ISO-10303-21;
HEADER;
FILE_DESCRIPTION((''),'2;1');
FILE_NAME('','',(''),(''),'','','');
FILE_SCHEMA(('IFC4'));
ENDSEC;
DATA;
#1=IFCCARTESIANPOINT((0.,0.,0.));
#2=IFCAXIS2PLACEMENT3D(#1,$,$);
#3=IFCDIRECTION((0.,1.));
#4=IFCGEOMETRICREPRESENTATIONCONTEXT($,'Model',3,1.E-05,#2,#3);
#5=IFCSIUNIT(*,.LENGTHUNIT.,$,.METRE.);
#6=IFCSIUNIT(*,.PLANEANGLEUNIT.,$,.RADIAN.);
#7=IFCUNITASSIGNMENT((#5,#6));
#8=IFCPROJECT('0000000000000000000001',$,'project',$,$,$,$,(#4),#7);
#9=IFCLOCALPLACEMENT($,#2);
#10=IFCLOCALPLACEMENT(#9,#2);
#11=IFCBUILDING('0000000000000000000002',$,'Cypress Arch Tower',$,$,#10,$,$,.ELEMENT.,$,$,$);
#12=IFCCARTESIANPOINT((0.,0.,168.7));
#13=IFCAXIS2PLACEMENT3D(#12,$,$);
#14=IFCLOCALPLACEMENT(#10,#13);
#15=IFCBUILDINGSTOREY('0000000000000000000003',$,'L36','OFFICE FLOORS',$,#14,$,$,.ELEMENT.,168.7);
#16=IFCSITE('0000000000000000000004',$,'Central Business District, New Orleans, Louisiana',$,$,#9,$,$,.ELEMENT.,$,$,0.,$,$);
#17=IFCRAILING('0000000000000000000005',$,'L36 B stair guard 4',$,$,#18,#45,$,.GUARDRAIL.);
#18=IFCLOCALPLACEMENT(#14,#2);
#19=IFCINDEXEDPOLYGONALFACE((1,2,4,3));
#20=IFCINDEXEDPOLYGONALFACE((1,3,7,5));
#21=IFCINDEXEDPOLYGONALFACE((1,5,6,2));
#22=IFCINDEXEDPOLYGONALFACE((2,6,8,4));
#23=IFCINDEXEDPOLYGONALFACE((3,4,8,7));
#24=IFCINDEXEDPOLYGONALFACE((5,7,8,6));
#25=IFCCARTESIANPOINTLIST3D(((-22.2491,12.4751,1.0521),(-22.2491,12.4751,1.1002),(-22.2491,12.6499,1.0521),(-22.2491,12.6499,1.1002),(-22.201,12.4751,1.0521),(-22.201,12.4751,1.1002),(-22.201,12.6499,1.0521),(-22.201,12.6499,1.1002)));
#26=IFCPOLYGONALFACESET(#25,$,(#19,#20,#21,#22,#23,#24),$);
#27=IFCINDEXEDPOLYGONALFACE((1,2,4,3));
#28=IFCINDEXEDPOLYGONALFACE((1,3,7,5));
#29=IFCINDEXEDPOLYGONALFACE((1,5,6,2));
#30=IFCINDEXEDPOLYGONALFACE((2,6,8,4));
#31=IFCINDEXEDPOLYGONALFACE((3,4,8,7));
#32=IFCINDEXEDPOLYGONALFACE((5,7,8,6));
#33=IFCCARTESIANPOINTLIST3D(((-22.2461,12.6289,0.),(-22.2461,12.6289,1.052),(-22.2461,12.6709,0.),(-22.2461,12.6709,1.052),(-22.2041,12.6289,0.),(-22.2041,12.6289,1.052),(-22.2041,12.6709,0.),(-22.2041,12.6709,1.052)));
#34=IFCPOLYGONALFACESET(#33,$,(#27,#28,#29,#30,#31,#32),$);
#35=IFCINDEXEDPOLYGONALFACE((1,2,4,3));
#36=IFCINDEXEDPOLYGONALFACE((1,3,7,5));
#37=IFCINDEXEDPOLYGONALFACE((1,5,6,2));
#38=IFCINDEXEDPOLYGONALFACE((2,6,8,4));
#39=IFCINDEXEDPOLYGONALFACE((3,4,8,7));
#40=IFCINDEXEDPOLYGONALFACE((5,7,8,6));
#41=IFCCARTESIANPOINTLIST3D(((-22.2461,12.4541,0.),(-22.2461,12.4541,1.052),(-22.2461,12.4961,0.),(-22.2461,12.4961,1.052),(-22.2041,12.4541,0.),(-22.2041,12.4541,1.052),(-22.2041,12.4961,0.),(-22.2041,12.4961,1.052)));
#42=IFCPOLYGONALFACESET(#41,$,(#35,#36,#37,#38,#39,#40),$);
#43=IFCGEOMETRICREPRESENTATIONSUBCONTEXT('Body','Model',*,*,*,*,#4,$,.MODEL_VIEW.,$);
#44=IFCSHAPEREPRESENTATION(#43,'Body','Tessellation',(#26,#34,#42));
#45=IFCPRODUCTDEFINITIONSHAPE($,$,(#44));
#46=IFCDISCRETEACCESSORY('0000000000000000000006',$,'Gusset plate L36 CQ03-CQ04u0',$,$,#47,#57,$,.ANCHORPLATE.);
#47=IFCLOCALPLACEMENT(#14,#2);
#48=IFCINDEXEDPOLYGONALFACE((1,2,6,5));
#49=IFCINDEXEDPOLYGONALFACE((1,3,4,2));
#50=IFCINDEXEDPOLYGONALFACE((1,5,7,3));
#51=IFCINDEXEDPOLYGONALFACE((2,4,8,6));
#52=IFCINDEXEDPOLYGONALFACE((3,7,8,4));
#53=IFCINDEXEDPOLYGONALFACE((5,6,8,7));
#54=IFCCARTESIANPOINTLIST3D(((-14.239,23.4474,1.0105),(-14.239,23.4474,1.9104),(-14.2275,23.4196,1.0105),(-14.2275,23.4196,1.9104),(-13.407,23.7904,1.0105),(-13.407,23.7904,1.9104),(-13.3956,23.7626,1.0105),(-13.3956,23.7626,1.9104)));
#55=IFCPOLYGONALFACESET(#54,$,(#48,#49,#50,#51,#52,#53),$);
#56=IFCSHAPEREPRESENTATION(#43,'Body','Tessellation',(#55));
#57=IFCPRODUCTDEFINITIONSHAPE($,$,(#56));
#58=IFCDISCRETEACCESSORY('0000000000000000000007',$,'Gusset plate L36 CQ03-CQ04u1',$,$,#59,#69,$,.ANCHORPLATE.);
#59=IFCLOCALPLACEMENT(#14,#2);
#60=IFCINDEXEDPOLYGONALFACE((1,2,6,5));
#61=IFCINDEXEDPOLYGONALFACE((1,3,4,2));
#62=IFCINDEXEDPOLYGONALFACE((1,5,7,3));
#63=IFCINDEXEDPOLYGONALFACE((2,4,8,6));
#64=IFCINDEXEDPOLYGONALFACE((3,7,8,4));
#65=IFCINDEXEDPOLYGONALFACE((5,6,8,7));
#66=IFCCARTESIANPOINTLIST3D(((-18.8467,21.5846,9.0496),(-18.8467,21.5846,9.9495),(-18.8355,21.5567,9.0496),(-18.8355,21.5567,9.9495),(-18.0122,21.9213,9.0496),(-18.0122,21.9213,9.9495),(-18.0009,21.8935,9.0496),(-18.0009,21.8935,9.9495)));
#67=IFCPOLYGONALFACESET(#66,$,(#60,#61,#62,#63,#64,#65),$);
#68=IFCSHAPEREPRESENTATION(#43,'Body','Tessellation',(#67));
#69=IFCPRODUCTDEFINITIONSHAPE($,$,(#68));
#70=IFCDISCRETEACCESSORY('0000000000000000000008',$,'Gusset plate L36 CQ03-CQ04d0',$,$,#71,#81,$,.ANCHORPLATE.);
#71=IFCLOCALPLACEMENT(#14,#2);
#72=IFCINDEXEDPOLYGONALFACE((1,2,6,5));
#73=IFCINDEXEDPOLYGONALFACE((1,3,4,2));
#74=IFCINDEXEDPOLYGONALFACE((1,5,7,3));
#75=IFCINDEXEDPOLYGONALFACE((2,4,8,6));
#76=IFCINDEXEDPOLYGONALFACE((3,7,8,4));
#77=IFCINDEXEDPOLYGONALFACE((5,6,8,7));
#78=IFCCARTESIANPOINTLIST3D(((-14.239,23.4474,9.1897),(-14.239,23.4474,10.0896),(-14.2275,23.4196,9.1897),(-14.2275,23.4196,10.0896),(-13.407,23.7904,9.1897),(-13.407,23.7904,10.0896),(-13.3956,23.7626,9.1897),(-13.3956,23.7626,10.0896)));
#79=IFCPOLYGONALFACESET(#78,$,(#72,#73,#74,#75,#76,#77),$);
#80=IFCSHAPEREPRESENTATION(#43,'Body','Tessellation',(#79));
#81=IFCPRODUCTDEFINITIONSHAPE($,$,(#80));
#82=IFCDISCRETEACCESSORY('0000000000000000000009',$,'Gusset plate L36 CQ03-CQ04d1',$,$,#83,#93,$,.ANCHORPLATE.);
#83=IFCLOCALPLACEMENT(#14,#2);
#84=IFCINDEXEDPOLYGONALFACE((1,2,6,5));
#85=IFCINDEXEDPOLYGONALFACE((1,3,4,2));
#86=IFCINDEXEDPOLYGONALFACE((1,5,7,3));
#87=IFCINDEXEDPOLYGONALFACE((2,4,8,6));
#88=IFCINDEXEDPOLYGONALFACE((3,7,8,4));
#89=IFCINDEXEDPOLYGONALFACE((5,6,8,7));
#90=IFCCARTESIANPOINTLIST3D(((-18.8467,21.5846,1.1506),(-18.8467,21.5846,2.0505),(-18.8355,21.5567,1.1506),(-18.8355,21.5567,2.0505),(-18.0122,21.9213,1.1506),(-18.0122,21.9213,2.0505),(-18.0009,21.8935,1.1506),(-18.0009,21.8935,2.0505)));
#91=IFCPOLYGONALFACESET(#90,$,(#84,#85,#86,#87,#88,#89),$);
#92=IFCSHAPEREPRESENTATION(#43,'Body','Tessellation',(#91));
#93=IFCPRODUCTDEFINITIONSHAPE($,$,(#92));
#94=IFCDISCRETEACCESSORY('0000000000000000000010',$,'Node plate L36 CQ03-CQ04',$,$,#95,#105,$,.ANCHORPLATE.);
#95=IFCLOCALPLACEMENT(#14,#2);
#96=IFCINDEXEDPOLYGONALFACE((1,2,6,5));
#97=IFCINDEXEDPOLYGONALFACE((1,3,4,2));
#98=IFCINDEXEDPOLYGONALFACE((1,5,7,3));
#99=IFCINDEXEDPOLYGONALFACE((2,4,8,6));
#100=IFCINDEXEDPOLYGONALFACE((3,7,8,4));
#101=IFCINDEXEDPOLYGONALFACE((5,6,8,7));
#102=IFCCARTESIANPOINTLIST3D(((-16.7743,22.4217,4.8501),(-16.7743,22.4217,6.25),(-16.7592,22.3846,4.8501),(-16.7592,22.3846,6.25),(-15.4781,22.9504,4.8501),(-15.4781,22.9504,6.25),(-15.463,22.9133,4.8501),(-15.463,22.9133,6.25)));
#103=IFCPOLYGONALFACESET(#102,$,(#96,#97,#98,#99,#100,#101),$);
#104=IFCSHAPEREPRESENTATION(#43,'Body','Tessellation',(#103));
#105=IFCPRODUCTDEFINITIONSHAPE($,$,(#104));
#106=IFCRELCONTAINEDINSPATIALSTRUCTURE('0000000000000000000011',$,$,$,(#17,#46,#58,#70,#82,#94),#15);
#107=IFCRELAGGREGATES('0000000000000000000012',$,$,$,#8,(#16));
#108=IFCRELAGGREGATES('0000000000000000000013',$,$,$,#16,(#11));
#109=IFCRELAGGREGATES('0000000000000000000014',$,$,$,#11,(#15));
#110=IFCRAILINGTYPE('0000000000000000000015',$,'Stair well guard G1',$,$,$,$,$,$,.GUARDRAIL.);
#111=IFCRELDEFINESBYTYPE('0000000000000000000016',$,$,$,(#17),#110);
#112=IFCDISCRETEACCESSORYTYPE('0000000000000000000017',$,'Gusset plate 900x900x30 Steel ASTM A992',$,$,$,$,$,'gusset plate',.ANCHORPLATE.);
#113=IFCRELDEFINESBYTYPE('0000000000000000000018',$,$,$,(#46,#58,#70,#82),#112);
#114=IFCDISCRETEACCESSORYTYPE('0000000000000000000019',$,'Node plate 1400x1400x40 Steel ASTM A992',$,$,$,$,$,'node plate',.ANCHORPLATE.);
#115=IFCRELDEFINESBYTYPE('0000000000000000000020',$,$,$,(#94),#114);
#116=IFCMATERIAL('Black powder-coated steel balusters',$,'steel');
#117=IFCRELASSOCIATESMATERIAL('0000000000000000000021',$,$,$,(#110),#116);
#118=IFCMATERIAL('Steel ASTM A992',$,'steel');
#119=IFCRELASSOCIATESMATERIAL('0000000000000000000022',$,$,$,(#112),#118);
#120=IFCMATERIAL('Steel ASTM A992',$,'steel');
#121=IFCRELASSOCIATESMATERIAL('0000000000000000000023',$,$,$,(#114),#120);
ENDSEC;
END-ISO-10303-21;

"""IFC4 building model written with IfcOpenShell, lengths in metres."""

from ifc_helpers import new_model, si_unit, direction, frame, origin, origin_2d, place, context, subcontext, project, spatial, rectangle, extrude, material, material_profile, profile_set, type_object, element, save


model = new_model("IFC4")

# Units and contexts
model_context = context("Model", 3, precision=1e-05, world=origin(), true_north=direction((0.0, 1.0)))
body_context = subcontext(model_context, "Body", "Model", "MODEL_VIEW")
ifc_project = project(units=[si_unit("LENGTHUNIT", "METRE"), si_unit("PLANEANGLEUNIT", "RADIAN")], contexts=[model_context])

# Site, building, storey
site_placement = place(None, origin())
site = spatial("IfcSite", under=ifc_project, at=site_placement, Name="Central Business District, New Orleans, Louisiana", CompositionType="ELEMENT", RefElevation=0.0)
building_placement = place(site_placement, origin())
building = spatial("IfcBuilding", under=site, at=building_placement, Name="Cypress Arch Tower", CompositionType="ELEMENT")
storey_placement = place(building_placement, frame((0.0, 0.0, 168.7)))
storey = spatial("IfcBuildingStorey", under=building, at=storey_placement, Name="L36", Description="OFFICE FLOORS", CompositionType="ELEMENT", Elevation=168.7)

# Railing
ifc_material_1 = material(Name="Black powder-coated steel balusters", Category="steel")
railing_type_1 = type_object("IfcRailingType", Name="Stair well guard G1", PredefinedType="GUARDRAIL", material=ifc_material_1)
railing_1_placement = place(storey_placement, frame((-22.2251, 12.6499, 0.0)))
element("IfcRailing", 1, at=railing_1_placement, inside=storey, type_object=railing_type_1, Name="L36 B stair guard 4", PredefinedType="GUARDRAIL", context=body_context, shape_type="SweptSolid", body=[
    extrude(rectangle(XDim=0.0481, YDim=0.0481, at=origin_2d()), frame((0.0, 0.0, 1.0762), z_axis=(0.0, -1.0, 0.0), x_axis=(1.0, 0.0, 0.0)), (0.0, 0.0, 1.0), 0.1748),
    extrude(rectangle(XDim=0.042, YDim=0.042, at=origin_2d()), origin(), (0.0, 0.0, 1.0), 1.052),
    extrude(rectangle(XDim=0.042, YDim=0.042, at=origin_2d()), frame((0.0, -0.1748, 0.0)), (0.0, 0.0, 1.0), 1.052),
])

# Discrete accessories
ifc_material_2 = material(Name="Steel ASTM A992", Category="steel")
ifc_material_profile_1 = material_profile(ifc_material_2, rectangle(XDim=0.8999, YDim=0.8999, at=origin_2d()), Name="PL 30 900x900")
ifc_profile_set_1 = profile_set([ifc_material_profile_1], Name="Steel ASTM A992")
discrete_accessory_type_1 = type_object("IfcDiscreteAccessoryType", Name="Gusset plate 900x900x30 Steel ASTM A992", ElementType="gusset plate", PredefinedType="ANCHORPLATE", material=ifc_profile_set_1)
for number, where, z_axis, x_axis, name in (
    (2, (-13.823, 23.6189, 1.4604), (0.381158, -0.92451, 0.0), (0.92451, 0.381158, 0.0), "Gusset plate L36 CQ03-CQ04u0"),
    (3, (-18.4294, 21.7529, 9.4995), (0.374194, -0.92735, 0.0), (0.92735, 0.374194, 0.0), "Gusset plate L36 CQ03-CQ04u1"),
    (4, (-13.823, 23.6189, 9.6396), (0.381158, -0.92451, 0.0), (0.92451, 0.381158, 0.0), "Gusset plate L36 CQ03-CQ04d0"),
    (5, (-18.4294, 21.7529, 1.6006), (0.374194, -0.92735, 0.0), (0.92735, 0.374194, 0.0), "Gusset plate L36 CQ03-CQ04d1"),
):
    element("IfcDiscreteAccessory", number, at=place(storey_placement, frame(where, z_axis=z_axis, x_axis=x_axis)), inside=storey, type_object=discrete_accessory_type_1, Name=name, PredefinedType="ANCHORPLATE", context=body_context, shape_type="SweptSolid", body=[
        extrude(rectangle(XDim=0.8999, YDim=0.8999, at=origin_2d()), origin(), (0.0, 0.0, 1.0), 0.03),
    ])
ifc_material_3 = material(Name="Steel ASTM A992", Category="steel")
ifc_material_profile_2 = material_profile(ifc_material_3, rectangle(XDim=1.3999, YDim=1.3999, at=origin_2d()), Name="PL 40 1400x1400")
ifc_profile_set_2 = profile_set([ifc_material_profile_2], Name="Steel ASTM A992")
discrete_accessory_type_2 = type_object("IfcDiscreteAccessoryType", Name="Node plate 1400x1400x40 Steel ASTM A992", ElementType="node plate", PredefinedType="ANCHORPLATE", material=ifc_profile_set_2)
discrete_accessory_placement = place(storey_placement, frame((-16.1262, 22.686, 5.55), z_axis=(0.377684, -0.925935, 0.0), x_axis=(0.925935, 0.377684, 0.0)))
element("IfcDiscreteAccessory", 6, at=discrete_accessory_placement, inside=storey, type_object=discrete_accessory_type_2, Name="Node plate L36 CQ03-CQ04", PredefinedType="ANCHORPLATE", context=body_context, shape_type="SweptSolid", body=[
    extrude(rectangle(XDim=1.3999, YDim=1.3999, at=origin_2d()), origin(), (0.0, 0.0, 1.0), 0.04),
])

save(model, "model.ifc")
